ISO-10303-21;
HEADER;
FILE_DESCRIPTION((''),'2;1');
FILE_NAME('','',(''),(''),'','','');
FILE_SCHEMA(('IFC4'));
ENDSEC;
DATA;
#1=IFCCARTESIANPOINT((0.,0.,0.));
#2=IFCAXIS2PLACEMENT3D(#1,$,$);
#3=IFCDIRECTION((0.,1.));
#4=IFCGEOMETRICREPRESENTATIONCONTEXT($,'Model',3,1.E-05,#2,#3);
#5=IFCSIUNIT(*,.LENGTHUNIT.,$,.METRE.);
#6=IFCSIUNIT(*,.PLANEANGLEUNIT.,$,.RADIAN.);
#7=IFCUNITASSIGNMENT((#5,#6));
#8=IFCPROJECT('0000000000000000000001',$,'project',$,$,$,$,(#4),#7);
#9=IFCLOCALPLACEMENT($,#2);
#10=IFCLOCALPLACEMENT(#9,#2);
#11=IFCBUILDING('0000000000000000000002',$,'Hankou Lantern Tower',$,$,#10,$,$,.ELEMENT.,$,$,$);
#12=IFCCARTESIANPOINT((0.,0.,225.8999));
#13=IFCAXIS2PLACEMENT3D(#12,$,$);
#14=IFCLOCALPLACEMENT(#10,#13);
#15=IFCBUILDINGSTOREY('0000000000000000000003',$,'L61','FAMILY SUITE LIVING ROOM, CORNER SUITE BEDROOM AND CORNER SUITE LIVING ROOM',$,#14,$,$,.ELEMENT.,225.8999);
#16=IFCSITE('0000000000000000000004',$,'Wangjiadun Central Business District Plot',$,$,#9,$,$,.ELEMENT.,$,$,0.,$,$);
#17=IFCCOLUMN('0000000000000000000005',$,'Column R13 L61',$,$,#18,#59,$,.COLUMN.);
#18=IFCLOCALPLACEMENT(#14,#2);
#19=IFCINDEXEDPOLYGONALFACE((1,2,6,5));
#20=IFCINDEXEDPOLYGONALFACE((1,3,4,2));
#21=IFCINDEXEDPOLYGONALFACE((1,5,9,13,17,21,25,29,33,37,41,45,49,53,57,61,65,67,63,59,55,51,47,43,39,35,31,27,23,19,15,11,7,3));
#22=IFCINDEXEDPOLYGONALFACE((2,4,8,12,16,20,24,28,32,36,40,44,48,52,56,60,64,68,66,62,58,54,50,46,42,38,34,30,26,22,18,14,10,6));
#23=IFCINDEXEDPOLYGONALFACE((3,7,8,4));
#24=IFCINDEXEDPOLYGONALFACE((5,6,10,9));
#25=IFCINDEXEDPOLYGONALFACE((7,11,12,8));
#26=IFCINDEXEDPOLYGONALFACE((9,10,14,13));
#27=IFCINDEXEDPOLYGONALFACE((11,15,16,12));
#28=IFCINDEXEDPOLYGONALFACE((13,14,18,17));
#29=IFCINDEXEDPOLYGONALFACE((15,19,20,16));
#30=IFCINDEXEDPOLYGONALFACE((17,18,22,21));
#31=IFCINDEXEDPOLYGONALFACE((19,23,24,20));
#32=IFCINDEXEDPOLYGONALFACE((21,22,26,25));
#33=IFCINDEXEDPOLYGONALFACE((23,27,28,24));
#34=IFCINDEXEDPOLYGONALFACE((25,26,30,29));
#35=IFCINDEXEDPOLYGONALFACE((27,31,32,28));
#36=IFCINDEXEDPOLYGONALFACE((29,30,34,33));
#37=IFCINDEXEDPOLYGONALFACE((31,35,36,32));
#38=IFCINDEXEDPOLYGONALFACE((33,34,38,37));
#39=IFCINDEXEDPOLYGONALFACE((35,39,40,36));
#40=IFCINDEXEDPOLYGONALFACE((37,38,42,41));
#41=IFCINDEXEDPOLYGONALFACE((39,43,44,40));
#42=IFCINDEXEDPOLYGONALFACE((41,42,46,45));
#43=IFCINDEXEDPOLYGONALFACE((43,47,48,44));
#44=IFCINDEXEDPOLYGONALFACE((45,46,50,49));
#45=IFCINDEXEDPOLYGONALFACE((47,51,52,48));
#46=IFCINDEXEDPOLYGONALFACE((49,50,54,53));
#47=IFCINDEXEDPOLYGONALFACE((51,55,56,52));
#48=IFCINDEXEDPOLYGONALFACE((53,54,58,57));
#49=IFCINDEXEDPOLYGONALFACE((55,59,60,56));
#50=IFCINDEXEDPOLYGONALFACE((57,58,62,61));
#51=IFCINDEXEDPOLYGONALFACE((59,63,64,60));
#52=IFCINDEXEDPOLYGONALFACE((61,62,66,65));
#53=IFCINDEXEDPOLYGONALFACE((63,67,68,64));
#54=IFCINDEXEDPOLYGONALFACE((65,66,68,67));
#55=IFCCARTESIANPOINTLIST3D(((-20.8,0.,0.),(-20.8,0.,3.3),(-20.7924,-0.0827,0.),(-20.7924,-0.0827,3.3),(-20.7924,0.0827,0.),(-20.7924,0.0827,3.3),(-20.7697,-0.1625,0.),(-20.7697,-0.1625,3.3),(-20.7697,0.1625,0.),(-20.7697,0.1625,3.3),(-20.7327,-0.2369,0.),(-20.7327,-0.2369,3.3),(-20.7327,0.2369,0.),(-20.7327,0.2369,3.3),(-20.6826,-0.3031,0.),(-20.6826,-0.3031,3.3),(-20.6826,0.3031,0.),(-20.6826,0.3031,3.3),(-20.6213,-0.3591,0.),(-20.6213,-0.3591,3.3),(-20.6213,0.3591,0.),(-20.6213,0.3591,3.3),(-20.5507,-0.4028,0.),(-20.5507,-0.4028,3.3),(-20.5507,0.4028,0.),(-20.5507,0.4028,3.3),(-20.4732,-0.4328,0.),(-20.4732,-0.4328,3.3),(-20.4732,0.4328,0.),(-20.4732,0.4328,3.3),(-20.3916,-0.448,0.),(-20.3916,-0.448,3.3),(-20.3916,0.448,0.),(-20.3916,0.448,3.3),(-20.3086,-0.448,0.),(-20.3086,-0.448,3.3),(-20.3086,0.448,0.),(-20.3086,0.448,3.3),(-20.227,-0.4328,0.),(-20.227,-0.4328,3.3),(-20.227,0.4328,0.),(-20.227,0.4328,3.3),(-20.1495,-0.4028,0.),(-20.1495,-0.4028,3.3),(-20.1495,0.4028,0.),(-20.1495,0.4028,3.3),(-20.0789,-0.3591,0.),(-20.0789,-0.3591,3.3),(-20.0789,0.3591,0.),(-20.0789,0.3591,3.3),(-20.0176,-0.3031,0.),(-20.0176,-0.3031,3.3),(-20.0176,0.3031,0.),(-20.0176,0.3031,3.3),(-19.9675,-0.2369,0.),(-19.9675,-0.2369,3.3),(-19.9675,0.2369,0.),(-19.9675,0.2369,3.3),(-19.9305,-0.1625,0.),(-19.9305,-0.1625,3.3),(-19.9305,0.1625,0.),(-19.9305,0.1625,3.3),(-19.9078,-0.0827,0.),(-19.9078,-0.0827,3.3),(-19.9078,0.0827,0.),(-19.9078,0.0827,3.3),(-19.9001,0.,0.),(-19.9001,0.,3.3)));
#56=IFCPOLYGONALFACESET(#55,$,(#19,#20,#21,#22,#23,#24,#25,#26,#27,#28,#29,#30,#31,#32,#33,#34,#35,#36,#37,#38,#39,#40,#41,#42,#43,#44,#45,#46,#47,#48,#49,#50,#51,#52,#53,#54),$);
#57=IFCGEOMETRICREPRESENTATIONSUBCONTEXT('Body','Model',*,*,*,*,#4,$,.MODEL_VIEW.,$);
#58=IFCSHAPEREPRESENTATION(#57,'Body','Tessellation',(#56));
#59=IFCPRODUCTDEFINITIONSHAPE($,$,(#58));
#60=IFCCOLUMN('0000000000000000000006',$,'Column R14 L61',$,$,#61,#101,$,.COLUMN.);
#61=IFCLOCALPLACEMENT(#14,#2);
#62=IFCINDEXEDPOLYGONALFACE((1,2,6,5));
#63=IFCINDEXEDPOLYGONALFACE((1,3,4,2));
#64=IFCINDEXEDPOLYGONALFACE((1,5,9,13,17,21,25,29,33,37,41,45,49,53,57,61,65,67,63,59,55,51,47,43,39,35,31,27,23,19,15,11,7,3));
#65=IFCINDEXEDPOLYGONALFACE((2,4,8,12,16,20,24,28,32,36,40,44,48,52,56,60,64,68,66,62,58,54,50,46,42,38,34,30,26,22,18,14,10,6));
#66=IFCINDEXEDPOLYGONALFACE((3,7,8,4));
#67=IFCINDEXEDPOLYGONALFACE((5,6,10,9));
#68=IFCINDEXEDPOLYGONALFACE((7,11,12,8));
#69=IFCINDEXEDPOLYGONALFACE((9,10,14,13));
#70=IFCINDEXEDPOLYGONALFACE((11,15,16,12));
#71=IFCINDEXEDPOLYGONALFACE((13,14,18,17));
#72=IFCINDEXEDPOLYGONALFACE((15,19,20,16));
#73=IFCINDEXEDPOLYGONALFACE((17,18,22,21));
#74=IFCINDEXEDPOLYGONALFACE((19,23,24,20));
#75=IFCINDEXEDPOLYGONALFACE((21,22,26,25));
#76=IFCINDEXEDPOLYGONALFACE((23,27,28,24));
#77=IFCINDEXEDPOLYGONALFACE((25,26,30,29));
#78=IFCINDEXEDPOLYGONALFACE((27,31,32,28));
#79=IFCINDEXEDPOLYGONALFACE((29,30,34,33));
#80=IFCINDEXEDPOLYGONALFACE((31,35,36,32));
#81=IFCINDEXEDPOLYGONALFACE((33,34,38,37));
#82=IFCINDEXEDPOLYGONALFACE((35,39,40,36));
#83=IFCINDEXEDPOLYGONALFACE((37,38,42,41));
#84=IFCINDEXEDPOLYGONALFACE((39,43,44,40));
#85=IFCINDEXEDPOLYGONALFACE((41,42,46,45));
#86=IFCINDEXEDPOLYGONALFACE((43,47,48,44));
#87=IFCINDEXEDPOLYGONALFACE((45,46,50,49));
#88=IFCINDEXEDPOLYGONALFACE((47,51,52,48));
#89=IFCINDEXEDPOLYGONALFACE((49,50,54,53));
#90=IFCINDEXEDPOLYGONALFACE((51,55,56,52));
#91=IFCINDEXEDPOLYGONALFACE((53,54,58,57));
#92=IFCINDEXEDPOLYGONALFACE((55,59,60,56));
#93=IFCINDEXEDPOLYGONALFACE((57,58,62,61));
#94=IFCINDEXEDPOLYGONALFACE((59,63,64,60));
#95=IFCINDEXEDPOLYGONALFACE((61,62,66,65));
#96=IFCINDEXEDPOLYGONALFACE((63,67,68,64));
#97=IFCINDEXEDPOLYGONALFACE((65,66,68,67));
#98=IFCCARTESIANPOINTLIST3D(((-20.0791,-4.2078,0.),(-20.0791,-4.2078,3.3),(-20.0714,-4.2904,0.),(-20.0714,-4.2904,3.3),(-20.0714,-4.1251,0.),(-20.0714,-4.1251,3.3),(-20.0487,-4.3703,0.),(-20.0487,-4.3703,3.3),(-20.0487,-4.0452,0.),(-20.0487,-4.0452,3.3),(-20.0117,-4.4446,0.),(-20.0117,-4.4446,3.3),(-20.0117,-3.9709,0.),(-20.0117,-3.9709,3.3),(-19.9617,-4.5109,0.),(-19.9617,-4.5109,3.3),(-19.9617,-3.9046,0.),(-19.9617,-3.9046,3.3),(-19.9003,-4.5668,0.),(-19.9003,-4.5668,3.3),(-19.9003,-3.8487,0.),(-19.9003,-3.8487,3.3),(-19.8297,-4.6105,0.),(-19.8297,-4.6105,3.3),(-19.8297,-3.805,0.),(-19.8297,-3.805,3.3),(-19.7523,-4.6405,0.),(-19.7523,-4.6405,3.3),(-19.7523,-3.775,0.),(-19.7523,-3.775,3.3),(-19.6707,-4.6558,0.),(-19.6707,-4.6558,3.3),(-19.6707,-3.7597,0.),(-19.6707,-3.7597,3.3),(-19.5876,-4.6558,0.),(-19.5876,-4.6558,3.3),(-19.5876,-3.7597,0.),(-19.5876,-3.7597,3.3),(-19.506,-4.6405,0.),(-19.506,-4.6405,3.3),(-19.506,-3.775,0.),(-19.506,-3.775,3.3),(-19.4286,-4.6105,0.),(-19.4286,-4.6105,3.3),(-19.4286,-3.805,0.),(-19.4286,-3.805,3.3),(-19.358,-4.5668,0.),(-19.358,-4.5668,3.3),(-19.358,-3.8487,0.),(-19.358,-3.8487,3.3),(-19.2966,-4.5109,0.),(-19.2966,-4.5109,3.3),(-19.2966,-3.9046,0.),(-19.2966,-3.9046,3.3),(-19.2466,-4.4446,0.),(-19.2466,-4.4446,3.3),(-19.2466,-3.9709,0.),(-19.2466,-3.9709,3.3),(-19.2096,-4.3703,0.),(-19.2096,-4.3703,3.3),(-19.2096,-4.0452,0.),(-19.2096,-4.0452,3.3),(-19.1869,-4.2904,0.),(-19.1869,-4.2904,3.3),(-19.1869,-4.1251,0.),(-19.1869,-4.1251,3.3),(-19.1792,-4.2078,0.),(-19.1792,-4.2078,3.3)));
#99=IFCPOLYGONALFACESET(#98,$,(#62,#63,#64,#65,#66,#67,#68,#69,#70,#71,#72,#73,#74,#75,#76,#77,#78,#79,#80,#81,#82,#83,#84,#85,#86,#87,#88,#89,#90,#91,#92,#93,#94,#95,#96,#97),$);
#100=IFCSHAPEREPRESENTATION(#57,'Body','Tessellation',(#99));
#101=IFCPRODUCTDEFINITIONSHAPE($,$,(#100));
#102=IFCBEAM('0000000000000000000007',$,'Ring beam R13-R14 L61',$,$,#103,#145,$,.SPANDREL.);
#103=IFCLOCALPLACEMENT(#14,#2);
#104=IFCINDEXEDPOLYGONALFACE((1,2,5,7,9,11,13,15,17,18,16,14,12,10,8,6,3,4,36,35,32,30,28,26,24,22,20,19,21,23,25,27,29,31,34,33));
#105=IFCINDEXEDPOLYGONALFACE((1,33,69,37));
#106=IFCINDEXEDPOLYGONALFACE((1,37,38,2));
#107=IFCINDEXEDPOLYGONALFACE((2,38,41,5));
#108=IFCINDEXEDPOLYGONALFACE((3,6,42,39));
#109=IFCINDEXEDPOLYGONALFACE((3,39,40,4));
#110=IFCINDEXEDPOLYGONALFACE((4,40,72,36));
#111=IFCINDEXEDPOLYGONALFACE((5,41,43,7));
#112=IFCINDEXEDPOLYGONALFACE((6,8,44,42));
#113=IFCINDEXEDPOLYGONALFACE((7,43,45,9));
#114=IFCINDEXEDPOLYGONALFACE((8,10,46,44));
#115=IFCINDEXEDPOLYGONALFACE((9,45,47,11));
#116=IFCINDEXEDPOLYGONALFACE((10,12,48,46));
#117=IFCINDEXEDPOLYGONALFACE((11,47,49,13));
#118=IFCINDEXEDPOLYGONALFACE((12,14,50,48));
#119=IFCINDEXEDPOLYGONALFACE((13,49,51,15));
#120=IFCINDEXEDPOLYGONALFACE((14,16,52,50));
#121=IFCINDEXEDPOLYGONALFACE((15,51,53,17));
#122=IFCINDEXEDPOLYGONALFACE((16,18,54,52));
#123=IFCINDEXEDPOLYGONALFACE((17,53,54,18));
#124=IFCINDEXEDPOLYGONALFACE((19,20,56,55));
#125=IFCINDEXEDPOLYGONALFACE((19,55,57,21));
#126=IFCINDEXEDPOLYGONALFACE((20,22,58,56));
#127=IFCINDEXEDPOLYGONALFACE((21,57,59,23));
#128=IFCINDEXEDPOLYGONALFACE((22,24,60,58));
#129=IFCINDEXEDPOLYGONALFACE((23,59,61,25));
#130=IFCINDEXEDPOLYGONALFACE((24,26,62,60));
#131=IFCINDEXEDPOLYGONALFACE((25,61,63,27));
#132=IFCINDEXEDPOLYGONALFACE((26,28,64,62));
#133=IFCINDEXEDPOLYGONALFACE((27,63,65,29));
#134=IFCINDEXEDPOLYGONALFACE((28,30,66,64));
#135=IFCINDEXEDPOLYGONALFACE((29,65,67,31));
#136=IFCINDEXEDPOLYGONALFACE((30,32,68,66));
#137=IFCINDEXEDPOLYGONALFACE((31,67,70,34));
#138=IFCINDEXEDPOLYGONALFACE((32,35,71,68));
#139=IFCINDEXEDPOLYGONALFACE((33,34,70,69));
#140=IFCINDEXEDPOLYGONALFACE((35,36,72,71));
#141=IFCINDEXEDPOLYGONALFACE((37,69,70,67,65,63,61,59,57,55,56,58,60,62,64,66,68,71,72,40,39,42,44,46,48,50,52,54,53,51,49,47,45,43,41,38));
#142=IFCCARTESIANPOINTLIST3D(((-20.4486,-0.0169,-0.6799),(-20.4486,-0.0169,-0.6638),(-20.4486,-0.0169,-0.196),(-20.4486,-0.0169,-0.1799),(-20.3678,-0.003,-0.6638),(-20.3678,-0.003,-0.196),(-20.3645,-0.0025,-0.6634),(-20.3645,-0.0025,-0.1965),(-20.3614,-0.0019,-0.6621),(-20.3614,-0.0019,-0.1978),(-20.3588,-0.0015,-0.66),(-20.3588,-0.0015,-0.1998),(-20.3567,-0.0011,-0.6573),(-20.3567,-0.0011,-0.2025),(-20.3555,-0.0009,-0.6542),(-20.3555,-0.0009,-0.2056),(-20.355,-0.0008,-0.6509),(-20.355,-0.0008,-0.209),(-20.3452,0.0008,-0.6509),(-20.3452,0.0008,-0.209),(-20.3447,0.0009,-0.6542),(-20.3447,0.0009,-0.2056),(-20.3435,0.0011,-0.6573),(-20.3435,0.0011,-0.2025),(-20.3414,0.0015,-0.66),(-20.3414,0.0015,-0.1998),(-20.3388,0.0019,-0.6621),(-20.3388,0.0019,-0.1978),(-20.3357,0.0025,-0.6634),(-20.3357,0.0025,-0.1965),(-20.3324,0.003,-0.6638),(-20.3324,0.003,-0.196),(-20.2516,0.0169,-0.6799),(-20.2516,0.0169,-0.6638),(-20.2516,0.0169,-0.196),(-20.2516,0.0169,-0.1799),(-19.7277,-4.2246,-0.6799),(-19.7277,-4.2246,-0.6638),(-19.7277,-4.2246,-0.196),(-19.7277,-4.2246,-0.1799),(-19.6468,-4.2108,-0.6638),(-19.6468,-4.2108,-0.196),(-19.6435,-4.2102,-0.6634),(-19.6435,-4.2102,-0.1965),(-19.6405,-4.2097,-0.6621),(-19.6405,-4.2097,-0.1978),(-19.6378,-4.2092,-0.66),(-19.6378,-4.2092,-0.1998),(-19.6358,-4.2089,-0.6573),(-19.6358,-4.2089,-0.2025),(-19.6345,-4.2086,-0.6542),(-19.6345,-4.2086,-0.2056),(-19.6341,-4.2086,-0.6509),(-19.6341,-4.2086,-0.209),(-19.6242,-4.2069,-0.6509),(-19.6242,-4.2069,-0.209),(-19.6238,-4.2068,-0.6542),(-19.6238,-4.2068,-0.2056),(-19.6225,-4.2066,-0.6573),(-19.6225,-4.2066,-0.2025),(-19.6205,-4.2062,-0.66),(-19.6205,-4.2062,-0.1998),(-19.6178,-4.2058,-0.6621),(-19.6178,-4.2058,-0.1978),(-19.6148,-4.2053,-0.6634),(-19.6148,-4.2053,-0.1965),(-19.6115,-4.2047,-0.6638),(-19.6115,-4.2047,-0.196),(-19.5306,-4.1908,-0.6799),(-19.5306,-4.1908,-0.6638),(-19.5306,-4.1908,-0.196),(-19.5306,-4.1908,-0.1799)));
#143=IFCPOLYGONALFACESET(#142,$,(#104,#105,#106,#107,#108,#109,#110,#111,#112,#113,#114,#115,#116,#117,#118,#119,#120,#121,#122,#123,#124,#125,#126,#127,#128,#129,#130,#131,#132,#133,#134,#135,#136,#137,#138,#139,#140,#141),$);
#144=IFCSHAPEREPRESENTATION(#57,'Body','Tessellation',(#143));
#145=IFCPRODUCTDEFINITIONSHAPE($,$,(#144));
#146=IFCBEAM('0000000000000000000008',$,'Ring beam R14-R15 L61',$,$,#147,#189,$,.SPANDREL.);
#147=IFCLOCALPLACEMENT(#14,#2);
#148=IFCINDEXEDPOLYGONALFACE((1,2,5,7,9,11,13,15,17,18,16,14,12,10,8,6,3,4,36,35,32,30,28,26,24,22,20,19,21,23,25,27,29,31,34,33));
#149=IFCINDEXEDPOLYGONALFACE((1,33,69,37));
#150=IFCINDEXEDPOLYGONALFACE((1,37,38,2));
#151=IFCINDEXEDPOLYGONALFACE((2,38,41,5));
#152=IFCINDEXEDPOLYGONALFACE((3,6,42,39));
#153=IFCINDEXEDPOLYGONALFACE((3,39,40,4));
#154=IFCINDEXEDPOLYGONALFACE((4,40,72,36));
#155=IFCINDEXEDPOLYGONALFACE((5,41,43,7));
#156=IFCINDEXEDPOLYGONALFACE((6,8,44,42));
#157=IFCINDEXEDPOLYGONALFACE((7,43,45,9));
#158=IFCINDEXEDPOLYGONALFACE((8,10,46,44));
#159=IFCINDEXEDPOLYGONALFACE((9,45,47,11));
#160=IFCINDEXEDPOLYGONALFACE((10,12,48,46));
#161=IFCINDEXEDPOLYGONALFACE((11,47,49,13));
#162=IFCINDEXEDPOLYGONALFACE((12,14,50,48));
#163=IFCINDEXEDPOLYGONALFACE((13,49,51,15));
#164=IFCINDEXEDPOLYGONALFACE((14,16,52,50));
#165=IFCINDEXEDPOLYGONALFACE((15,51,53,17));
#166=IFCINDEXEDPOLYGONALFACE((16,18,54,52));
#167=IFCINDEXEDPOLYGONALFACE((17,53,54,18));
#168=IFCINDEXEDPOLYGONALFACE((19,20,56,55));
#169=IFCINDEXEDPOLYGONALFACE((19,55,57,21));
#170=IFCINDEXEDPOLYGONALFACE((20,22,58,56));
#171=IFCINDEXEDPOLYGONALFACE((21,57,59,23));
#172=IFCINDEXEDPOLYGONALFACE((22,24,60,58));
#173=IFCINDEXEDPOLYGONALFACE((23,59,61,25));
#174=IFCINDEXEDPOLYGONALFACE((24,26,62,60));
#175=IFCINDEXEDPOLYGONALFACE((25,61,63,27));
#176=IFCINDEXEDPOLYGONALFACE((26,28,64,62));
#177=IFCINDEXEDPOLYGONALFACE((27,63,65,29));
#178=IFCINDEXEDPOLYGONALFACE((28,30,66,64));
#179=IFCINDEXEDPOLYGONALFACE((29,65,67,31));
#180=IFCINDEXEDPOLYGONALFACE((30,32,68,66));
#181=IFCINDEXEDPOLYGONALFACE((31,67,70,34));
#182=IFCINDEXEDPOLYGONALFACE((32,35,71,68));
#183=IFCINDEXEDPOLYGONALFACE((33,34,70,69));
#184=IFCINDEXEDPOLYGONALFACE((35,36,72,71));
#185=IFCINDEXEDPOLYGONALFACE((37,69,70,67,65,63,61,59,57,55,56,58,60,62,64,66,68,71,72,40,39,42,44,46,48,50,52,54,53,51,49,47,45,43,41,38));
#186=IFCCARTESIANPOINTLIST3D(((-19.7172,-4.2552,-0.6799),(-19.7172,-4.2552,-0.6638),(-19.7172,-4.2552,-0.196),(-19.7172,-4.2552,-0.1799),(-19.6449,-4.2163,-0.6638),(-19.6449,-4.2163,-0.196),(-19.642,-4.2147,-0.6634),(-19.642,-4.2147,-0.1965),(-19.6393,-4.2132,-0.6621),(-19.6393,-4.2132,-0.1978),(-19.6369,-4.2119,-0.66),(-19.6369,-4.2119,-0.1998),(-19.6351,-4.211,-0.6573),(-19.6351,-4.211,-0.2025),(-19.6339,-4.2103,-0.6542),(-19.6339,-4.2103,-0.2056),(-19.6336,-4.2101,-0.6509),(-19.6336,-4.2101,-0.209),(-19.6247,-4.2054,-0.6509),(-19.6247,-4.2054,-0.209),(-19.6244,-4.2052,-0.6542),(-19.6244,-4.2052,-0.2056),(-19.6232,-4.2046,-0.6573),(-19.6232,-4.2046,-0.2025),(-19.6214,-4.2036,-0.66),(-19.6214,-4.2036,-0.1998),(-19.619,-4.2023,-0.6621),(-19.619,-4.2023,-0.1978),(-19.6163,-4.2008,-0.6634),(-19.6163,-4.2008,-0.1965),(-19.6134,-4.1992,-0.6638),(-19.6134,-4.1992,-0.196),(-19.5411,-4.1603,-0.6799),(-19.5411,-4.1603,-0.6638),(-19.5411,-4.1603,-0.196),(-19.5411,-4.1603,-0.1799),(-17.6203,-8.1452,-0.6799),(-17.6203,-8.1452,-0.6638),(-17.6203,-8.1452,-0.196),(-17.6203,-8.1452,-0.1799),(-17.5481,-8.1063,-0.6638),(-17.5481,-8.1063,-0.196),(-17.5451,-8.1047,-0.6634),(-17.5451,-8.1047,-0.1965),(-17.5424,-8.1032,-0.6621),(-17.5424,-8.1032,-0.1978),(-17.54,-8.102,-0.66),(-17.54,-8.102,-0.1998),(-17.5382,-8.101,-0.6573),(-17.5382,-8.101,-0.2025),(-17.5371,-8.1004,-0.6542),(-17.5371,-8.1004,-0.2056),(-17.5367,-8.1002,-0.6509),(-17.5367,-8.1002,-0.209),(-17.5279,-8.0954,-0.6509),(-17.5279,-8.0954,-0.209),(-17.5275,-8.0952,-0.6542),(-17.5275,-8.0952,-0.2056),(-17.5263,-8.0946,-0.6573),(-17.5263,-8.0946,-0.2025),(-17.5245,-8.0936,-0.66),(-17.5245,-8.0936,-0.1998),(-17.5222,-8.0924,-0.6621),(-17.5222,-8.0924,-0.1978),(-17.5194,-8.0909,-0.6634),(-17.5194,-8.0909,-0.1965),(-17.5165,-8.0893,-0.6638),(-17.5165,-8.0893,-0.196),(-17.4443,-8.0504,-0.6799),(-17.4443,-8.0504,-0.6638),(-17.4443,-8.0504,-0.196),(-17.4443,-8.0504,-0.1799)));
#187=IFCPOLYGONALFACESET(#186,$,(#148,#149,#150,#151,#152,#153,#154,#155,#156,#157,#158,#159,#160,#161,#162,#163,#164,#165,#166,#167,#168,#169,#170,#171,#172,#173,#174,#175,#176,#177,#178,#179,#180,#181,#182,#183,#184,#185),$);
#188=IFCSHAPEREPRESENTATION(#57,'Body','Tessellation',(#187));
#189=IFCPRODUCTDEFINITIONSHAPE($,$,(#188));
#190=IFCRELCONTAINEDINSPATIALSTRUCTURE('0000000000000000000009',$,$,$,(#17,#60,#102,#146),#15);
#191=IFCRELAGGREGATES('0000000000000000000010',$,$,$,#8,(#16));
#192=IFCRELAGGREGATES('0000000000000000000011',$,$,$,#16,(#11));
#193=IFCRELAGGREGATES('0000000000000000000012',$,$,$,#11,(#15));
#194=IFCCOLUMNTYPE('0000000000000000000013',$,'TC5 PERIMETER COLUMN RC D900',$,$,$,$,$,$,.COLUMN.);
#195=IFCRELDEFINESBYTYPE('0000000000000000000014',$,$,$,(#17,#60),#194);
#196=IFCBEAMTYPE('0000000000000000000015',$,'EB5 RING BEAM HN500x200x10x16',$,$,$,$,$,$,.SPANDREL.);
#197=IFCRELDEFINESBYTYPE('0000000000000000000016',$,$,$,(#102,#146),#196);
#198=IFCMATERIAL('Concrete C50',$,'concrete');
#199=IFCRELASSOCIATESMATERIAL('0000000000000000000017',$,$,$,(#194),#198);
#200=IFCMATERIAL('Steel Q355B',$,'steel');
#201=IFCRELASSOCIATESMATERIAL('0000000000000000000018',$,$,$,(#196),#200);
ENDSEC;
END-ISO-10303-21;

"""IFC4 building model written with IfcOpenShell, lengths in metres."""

from ifc_helpers import new_model, si_unit, direction, frame, origin, origin_2d, place, context, subcontext, project, spatial, circle, i_section, extrude, material, material_profile, profile_set, type_object, element, save


model = new_model("IFC4")

# Units and contexts
model_context = context("Model", 3, precision=1e-05, world=origin(), true_north=direction((0.0, 1.0)))
body_context = subcontext(model_context, "Body", "Model", "MODEL_VIEW")
ifc_project = project(units=[si_unit("LENGTHUNIT", "METRE"), si_unit("PLANEANGLEUNIT", "RADIAN")], contexts=[model_context])

# Site, building, storey
site_placement = place(None, origin())
site = spatial("IfcSite", under=ifc_project, at=site_placement, Name="Wangjiadun Central Business District Plot", CompositionType="ELEMENT", RefElevation=0.0)
building_placement = place(site_placement, origin())
building = spatial("IfcBuilding", under=site, at=building_placement, Name="Hankou Lantern Tower", CompositionType="ELEMENT")
storey_placement = place(building_placement, frame((0.0, 0.0, 225.8999)))
storey = spatial("IfcBuildingStorey", under=building, at=storey_placement, Name="L61", Description="FAMILY SUITE LIVING ROOM, CORNER SUITE BEDROOM AND CORNER SUITE LIVING ROOM", CompositionType="ELEMENT", Elevation=225.8999)

# Columns
ifc_material_1 = material(Name="Concrete C50", Category="concrete")
ifc_material_profile_1 = material_profile(ifc_material_1, circle(Radius=0.45, at=origin_2d()), Name="RC D900")
ifc_profile_set_1 = profile_set([ifc_material_profile_1], Name="Concrete C50")
column_type = type_object("IfcColumnType", Name="TC5 PERIMETER COLUMN RC D900", PredefinedType="COLUMN", material=ifc_profile_set_1)
for number, where, z_axis, x_axis, name in (
    (1, (-20.3501, 0.0, 0.0), (0.0, 0.0, 1.0), (1.0, 0.0, 0.0), "Column R13 L61"),
    (2, (-19.6292, -4.2078, 0.0), (0.0, 0.0, 1.0), (1.0, 0.0, 0.0), "Column R14 L61"),
):
    element("IfcColumn", number, at=place(storey_placement, frame(where, z_axis=z_axis, x_axis=x_axis)), inside=storey, type_object=column_type, Name=name, PredefinedType="COLUMN", context=body_context, shape_type="SweptSolid", body=[
        extrude(circle(Radius=0.45, at=origin_2d()), origin(), (0.0, 0.0, 1.0), 3.3),
    ])

# Beams
ifc_material_2 = material(Name="Steel Q355B", Category="steel")
ifc_material_profile_2 = material_profile(ifc_material_2, i_section(OverallWidth=0.2, OverallDepth=0.5, WebThickness=0.01, FlangeThickness=0.0161, FilletRadius=0.0129, at=origin_2d()), Name="HN500x200x10x16")
ifc_profile_set_2 = profile_set([ifc_material_profile_2], Name="Steel Q355B")
beam_type_1 = type_object("IfcBeamType", Name="EB5 RING BEAM HN500x200x10x16", PredefinedType="SPANDREL", material=ifc_profile_set_2)
beam_1_placement = place(storey_placement, frame((-20.3501, 0.0, -0.4299), z_axis=(0.168877, -0.985637, 0.0), x_axis=(0.985637, 0.168877, 0.0)))
element("IfcBeam", 3, at=beam_1_placement, inside=storey, type_object=beam_type_1, Name="Ring beam R13-R14 L61", PredefinedType="SPANDREL", context=body_context, shape_type="SweptSolid", body=[
    extrude(i_section(OverallWidth=0.2, OverallDepth=0.5, WebThickness=0.01, FlangeThickness=0.0161, FilletRadius=0.0129, at=origin_2d()), origin(), (0.0, 0.0, 1.0), 4.269),
])
beam_2_placement = place(storey_placement, frame((-19.6292, -4.2078, -0.4299), z_axis=(0.474492, -0.88026, 0.0), x_axis=(0.88026, 0.474492, 0.0)))
element("IfcBeam", 4, at=beam_2_placement, inside=storey, type_object=beam_type_1, Name="Ring beam R14-R15 L61", PredefinedType="SPANDREL", context=body_context, shape_type="SweptSolid", body=[
    extrude(i_section(OverallWidth=0.2, OverallDepth=0.5, WebThickness=0.01, FlangeThickness=0.0161, FilletRadius=0.0129, at=origin_2d()), origin(), (0.0, 0.0, 1.0), 4.4192),
])

save(model, "model.ifc")
